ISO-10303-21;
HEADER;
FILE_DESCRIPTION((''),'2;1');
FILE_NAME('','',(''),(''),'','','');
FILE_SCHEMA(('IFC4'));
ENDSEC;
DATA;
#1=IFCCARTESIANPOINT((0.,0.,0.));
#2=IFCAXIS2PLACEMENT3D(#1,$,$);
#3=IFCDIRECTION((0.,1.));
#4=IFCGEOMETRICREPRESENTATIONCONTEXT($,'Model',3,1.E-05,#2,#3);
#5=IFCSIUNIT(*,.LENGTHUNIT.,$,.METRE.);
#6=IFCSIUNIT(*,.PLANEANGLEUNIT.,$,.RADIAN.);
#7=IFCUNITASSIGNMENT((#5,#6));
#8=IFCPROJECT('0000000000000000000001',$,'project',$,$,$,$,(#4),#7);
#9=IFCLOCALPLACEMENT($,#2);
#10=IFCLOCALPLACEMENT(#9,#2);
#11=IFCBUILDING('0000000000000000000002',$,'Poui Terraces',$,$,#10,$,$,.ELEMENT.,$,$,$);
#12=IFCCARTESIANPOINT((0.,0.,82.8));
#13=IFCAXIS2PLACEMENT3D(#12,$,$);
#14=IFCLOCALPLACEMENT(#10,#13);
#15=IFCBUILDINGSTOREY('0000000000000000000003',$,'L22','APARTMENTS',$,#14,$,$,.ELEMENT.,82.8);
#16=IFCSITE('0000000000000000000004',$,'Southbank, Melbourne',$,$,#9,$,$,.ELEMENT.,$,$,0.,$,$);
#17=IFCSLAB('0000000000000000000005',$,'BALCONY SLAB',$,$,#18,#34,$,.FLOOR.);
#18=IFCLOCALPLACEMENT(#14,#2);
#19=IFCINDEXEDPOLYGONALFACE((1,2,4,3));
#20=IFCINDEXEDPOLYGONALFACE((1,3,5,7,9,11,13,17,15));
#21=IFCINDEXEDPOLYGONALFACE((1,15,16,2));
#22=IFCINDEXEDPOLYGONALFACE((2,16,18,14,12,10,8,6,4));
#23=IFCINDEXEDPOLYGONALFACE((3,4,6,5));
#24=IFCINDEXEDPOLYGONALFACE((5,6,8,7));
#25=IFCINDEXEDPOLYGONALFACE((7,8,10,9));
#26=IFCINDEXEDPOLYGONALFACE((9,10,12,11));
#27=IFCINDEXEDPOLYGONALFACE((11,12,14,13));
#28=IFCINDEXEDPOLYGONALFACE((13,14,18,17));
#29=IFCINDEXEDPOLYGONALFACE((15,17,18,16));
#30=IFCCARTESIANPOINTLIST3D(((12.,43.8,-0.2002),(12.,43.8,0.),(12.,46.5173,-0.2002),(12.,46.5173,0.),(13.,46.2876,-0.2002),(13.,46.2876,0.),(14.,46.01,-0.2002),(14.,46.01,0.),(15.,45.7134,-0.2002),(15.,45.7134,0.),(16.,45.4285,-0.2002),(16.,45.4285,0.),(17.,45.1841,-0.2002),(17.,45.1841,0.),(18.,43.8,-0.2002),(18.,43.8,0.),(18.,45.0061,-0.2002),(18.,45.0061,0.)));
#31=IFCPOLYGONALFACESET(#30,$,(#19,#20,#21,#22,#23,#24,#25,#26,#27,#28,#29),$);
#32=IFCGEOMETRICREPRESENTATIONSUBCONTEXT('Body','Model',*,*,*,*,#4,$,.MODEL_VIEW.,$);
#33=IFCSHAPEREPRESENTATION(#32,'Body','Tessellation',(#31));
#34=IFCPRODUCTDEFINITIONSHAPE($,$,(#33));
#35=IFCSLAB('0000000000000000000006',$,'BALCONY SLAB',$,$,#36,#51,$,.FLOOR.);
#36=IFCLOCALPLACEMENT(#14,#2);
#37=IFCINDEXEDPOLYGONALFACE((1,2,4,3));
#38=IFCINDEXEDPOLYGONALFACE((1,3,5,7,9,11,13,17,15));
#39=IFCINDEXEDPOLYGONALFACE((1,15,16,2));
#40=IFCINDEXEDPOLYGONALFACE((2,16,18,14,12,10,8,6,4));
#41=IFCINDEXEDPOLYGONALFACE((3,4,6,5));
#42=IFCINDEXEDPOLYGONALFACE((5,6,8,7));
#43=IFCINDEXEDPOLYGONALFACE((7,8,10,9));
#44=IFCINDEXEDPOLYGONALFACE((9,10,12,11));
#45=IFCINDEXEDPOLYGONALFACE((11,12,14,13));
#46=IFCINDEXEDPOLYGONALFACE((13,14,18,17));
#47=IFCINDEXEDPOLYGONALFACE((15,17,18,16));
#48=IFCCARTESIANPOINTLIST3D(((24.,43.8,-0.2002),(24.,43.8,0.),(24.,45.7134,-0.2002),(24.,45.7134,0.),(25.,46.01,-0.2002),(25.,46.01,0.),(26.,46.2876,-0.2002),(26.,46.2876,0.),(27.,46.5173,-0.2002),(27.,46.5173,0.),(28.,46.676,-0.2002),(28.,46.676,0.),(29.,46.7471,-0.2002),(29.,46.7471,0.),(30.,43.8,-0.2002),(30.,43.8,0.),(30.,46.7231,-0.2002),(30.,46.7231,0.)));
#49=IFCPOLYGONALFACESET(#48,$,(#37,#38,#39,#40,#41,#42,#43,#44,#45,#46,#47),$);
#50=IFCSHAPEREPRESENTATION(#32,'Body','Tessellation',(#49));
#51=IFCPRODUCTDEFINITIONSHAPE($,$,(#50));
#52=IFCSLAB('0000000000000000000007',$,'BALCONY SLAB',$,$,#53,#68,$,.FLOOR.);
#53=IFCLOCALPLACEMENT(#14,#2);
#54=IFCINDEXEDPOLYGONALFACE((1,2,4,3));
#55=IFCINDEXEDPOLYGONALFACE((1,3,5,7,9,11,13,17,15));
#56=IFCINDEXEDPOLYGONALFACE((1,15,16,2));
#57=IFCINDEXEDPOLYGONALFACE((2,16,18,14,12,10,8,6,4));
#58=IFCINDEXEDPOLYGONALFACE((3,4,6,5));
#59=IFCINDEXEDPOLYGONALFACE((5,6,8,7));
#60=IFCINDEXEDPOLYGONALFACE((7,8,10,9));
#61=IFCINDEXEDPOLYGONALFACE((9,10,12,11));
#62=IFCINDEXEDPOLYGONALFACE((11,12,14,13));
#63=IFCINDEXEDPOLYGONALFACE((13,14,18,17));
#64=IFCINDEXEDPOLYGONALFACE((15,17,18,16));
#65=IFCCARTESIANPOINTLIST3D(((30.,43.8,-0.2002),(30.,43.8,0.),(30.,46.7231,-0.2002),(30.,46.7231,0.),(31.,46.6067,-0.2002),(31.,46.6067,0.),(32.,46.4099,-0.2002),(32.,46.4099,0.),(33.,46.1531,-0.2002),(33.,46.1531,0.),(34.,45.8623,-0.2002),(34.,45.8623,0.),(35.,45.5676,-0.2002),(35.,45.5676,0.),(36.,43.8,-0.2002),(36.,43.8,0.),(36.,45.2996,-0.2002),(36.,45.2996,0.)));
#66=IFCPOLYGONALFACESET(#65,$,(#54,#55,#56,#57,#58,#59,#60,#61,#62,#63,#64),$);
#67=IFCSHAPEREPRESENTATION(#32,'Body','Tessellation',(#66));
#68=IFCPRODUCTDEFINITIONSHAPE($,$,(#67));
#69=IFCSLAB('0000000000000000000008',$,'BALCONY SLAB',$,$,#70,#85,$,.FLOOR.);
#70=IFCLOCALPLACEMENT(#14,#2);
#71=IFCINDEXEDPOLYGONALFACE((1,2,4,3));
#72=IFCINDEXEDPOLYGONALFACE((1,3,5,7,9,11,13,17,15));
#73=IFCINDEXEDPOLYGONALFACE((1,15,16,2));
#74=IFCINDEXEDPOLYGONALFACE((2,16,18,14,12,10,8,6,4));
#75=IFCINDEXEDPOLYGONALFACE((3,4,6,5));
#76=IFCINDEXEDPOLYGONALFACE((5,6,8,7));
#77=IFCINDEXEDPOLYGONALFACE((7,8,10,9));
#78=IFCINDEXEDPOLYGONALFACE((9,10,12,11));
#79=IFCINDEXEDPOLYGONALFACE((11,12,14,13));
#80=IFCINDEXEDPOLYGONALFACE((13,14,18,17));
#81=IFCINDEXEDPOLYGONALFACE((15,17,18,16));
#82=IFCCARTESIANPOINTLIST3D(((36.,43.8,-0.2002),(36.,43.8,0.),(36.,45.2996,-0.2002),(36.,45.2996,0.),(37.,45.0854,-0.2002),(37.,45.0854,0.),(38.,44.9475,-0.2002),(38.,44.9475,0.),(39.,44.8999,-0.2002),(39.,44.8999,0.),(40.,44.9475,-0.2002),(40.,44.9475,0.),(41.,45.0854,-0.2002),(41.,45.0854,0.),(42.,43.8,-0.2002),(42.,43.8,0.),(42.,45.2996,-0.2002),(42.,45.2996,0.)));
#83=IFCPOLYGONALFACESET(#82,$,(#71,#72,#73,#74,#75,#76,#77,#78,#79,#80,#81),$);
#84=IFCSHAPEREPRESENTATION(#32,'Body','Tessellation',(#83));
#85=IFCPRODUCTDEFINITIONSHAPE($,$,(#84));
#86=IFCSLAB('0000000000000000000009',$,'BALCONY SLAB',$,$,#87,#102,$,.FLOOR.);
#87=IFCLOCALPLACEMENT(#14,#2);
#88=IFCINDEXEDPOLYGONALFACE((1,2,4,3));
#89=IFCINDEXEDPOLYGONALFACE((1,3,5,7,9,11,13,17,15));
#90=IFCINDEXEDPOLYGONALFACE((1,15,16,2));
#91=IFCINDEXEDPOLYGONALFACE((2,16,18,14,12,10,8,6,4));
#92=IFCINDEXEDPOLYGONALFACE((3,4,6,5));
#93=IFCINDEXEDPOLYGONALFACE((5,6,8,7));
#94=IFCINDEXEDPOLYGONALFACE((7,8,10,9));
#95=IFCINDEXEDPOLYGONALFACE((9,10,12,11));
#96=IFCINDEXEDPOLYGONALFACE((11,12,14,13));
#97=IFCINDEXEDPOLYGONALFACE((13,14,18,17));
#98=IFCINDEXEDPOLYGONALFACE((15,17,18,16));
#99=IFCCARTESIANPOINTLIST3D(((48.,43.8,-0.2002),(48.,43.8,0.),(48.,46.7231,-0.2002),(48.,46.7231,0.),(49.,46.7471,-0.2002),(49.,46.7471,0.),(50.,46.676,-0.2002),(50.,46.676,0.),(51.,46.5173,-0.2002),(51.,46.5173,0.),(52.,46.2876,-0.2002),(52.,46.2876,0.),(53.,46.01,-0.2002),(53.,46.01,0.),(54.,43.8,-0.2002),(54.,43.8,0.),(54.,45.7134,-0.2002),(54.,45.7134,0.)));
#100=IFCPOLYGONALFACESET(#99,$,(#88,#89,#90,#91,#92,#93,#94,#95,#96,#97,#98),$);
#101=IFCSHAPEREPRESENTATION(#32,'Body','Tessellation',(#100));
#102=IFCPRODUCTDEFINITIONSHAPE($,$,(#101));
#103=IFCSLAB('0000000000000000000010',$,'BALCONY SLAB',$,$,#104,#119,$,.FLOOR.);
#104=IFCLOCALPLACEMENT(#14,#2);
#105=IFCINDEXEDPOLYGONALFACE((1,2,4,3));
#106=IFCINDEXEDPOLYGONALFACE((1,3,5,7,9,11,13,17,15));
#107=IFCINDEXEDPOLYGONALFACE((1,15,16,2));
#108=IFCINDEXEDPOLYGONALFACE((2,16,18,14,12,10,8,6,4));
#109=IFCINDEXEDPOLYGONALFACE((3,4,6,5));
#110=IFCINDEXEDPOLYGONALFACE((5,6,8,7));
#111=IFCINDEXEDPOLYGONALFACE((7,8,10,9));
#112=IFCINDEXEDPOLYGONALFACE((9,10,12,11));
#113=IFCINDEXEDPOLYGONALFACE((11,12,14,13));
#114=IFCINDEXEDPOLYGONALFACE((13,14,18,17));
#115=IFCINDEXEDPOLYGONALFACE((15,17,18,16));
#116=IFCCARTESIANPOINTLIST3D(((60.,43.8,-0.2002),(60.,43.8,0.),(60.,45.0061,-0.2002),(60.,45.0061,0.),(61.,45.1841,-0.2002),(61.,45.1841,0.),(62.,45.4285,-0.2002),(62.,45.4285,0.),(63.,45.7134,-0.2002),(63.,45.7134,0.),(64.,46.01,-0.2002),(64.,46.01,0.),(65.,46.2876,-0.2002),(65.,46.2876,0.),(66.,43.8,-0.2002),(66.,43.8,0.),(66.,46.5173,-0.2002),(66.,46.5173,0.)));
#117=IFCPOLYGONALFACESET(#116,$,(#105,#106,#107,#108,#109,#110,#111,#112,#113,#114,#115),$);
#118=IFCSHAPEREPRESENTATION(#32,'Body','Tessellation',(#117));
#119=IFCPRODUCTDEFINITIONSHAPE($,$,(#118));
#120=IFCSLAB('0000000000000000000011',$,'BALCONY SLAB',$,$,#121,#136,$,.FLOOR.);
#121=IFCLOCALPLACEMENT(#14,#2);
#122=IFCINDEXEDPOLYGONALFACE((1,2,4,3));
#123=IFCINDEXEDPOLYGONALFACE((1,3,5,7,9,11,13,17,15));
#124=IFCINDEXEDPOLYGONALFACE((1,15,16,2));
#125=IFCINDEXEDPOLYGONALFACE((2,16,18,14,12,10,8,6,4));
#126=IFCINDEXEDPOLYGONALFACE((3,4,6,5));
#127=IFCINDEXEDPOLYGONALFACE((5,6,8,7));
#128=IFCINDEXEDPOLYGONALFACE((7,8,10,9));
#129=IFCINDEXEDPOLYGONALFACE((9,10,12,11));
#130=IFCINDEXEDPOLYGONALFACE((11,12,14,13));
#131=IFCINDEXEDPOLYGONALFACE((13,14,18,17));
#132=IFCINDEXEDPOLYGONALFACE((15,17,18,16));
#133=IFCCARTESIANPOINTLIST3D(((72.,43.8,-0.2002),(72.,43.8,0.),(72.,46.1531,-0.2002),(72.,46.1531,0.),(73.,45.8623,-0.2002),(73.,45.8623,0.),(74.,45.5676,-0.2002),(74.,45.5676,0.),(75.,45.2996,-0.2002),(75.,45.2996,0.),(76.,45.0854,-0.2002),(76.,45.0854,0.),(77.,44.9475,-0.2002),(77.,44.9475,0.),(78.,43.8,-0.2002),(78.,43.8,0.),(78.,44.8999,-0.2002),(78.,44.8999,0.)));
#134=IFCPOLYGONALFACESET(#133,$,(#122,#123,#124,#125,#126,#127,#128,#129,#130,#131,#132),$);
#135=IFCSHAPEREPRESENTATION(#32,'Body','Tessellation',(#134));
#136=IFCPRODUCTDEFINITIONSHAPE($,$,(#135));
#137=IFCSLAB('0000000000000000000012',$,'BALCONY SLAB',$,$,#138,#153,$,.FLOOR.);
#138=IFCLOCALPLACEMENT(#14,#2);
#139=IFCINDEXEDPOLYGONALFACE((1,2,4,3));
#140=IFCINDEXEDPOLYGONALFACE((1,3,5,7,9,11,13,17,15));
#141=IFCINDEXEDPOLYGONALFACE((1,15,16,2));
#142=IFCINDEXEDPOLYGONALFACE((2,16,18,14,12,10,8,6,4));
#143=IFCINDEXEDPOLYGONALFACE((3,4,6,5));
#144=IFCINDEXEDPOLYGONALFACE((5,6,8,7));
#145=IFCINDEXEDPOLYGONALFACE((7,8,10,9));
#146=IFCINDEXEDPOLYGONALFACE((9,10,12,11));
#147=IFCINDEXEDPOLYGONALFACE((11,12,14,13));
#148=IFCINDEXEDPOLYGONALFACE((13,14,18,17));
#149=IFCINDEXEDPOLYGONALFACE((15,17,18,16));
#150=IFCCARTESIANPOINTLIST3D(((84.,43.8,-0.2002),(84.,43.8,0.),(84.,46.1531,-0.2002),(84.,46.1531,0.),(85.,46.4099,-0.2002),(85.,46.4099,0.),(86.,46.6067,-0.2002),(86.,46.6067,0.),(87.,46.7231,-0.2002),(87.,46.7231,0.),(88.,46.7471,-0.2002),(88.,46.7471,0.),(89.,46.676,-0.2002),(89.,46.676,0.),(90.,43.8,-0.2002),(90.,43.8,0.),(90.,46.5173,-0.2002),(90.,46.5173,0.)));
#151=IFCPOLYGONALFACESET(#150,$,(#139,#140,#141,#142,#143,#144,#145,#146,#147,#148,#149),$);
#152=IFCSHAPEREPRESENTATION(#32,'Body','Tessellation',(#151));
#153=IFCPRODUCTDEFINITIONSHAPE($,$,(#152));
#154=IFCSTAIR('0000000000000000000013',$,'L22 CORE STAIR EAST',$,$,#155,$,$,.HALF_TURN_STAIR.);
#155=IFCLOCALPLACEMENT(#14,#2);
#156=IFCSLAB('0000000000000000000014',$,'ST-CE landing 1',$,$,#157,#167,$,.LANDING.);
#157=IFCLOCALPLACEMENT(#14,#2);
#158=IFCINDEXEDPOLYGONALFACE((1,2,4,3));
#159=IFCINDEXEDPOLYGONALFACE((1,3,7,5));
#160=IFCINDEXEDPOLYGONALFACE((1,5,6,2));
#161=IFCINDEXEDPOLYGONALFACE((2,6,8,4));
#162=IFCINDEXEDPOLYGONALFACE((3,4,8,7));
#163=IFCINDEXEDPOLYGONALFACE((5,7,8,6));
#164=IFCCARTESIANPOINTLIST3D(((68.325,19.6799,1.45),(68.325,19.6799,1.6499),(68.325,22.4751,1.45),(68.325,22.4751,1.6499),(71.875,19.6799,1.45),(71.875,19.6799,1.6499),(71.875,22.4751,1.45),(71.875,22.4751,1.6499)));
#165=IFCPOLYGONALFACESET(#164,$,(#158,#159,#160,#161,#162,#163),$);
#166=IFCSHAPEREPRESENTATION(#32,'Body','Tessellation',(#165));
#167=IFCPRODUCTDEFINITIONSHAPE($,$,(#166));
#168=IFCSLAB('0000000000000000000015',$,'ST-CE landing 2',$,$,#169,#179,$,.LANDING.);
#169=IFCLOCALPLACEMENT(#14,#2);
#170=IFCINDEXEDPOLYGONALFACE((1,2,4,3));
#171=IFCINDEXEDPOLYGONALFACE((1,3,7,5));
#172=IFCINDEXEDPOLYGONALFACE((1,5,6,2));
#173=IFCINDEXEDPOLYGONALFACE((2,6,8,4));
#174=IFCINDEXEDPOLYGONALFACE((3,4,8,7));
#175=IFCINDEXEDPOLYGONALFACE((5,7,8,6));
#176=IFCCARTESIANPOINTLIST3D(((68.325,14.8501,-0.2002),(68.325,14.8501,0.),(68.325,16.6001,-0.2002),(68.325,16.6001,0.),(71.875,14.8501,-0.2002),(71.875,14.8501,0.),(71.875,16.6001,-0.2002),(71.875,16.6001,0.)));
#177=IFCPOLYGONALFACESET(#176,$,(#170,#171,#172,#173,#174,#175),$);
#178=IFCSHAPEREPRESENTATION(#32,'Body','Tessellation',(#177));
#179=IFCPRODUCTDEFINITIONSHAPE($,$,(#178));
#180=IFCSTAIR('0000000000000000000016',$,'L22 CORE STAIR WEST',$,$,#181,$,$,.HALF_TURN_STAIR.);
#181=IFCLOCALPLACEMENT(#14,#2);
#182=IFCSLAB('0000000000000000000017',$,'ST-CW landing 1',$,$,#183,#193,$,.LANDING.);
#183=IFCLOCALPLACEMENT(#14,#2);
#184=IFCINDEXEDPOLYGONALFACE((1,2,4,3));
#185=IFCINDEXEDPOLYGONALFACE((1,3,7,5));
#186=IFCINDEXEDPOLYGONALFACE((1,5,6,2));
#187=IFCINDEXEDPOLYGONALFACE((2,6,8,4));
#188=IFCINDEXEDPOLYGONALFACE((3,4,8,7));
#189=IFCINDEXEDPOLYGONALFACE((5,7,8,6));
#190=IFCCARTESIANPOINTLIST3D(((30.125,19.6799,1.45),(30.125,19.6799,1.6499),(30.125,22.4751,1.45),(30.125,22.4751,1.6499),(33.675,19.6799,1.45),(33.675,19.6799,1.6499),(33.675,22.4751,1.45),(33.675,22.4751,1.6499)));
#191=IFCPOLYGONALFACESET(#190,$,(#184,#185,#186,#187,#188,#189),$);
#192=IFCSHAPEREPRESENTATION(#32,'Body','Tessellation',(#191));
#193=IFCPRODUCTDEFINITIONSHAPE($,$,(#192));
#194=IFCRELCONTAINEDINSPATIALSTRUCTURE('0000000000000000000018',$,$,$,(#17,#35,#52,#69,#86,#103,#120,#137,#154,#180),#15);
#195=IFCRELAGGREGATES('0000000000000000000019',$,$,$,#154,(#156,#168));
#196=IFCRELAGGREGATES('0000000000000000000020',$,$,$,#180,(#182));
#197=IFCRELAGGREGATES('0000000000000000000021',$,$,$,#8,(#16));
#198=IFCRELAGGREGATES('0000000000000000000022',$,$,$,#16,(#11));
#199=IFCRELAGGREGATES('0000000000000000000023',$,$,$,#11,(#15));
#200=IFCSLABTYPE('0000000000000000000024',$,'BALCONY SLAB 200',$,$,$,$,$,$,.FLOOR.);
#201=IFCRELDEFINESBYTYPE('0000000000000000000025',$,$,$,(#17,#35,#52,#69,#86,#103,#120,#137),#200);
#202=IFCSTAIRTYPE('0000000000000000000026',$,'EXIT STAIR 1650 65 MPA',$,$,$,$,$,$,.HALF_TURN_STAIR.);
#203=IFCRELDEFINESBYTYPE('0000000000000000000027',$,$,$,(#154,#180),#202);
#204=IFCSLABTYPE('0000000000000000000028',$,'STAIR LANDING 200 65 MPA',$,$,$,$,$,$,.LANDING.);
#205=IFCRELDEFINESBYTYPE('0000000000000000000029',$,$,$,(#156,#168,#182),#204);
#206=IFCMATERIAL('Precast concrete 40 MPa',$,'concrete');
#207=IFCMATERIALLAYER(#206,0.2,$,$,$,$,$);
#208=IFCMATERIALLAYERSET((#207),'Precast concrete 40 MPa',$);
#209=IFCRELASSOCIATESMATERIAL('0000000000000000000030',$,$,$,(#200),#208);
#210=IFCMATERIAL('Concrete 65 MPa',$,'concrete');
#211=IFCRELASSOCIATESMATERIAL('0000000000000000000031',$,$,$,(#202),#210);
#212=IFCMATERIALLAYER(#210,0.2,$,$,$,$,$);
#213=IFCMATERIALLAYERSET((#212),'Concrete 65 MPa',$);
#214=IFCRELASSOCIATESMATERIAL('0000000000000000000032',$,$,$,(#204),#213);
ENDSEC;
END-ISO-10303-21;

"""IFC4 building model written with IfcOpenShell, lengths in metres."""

from ifc_helpers import new_model, si_unit, direction, frame, origin, place, context, subcontext, project, spatial, polyline, outline, extrude, material, layer, layer_set, type_object, element, aggregate, save


model = new_model("IFC4")

# Units and contexts
model_context = context("Model", 3, precision=1e-05, world=origin(), true_north=direction((0.0, 1.0)))
body_context = subcontext(model_context, "Body", "Model", "MODEL_VIEW")
ifc_project = project(units=[si_unit("LENGTHUNIT", "METRE"), si_unit("PLANEANGLEUNIT", "RADIAN")], contexts=[model_context])

# Site, building, storey
site_placement = place(None, origin())
site = spatial("IfcSite", under=ifc_project, at=site_placement, Name="Southbank, Melbourne", CompositionType="ELEMENT", RefElevation=0.0)
building_placement = place(site_placement, origin())
building = spatial("IfcBuilding", under=site, at=building_placement, Name="Poui Terraces", CompositionType="ELEMENT")
storey_placement = place(building_placement, frame((0.0, 0.0, 82.8)))
storey = spatial("IfcBuildingStorey", under=building, at=storey_placement, Name="L22", Description="APARTMENTS", CompositionType="ELEMENT", Elevation=82.8)

# Slabs
ifc_material_1 = material(Name="Precast concrete 40 MPa", Category="concrete")
ifc_layer_1 = layer(ifc_material_1, 0.2)
ifc_layer_set_1 = layer_set([ifc_layer_1], Name="Precast concrete 40 MPa")
slab_type_1 = type_object("IfcSlabType", Name="BALCONY SLAB 200", PredefinedType="FLOOR", material=ifc_layer_set_1)
slab_1_placement = place(storey_placement, frame((0.0, 0.0, -0.2002)))
element("IfcSlab", 1, at=slab_1_placement, inside=storey, type_object=slab_type_1, Name="BALCONY SLAB", PredefinedType="FLOOR", context=body_context, shape_type="SweptSolid", body=[
    extrude(outline(polyline([(12.0, 43.8), (18.0, 43.8), (18.0, 45.0061), (17.0, 45.1841), (16.0, 45.4285), (15.0, 45.7134), (14.0, 46.01), (13.0, 46.2876), (12.0, 46.5173), (12.0, 43.8)])), origin(), (0.0, 0.0, 1.0), 0.2002),
])
slab_2_placement = place(storey_placement, frame((0.0, 0.0, -0.2002)))
element("IfcSlab", 2, at=slab_2_placement, inside=storey, type_object=slab_type_1, Name="BALCONY SLAB", PredefinedType="FLOOR", context=body_context, shape_type="SweptSolid", body=[
    extrude(outline(polyline([(24.0, 43.8), (30.0, 43.8), (30.0, 46.7231), (29.0, 46.7471), (28.0, 46.676), (27.0, 46.5173), (26.0, 46.2876), (25.0, 46.01), (24.0, 45.7134), (24.0, 43.8)])), origin(), (0.0, 0.0, 1.0), 0.2002),
])
slab_3_placement = place(storey_placement, frame((0.0, 0.0, -0.2002)))
element("IfcSlab", 3, at=slab_3_placement, inside=storey, type_object=slab_type_1, Name="BALCONY SLAB", PredefinedType="FLOOR", context=body_context, shape_type="SweptSolid", body=[
    extrude(outline(polyline([(30.0, 43.8), (36.0, 43.8), (36.0, 45.2996), (35.0, 45.5676), (34.0, 45.8623), (33.0, 46.1531), (32.0, 46.4099), (31.0, 46.6067), (30.0, 46.7231), (30.0, 43.8)])), origin(), (0.0, 0.0, 1.0), 0.2002),
])
slab_4_placement = place(storey_placement, frame((0.0, 0.0, -0.2002)))
element("IfcSlab", 4, at=slab_4_placement, inside=storey, type_object=slab_type_1, Name="BALCONY SLAB", PredefinedType="FLOOR", context=body_context, shape_type="SweptSolid", body=[
    extrude(outline(polyline([(36.0, 43.8), (42.0, 43.8), (42.0, 45.2996), (41.0, 45.0854), (40.0, 44.9475), (39.0, 44.8999), (38.0, 44.9475), (37.0, 45.0854), (36.0, 45.2996), (36.0, 43.8)])), origin(), (0.0, 0.0, 1.0), 0.2002),
])
slab_5_placement = place(storey_placement, frame((0.0, 0.0, -0.2002)))
element("IfcSlab", 5, at=slab_5_placement, inside=storey, type_object=slab_type_1, Name="BALCONY SLAB", PredefinedType="FLOOR", context=body_context, shape_type="SweptSolid", body=[
    extrude(outline(polyline([(48.0, 43.8), (54.0, 43.8), (54.0, 45.7134), (53.0, 46.01), (52.0, 46.2876), (51.0, 46.5173), (50.0, 46.676), (49.0, 46.7471), (48.0, 46.7231), (48.0, 43.8)])), origin(), (0.0, 0.0, 1.0), 0.2002),
])
slab_6_placement = place(storey_placement, frame((0.0, 0.0, -0.2002)))
element("IfcSlab", 6, at=slab_6_placement, inside=storey, type_object=slab_type_1, Name="BALCONY SLAB", PredefinedType="FLOOR", context=body_context, shape_type="SweptSolid", body=[
    extrude(outline(polyline([(60.0, 43.8), (66.0, 43.8), (66.0, 46.5173), (65.0, 46.2876), (64.0, 46.01), (63.0, 45.7134), (62.0, 45.4285), (61.0, 45.1841), (60.0, 45.0061), (60.0, 43.8)])), origin(), (0.0, 0.0, 1.0), 0.2002),
])
slab_7_placement = place(storey_placement, frame((0.0, 0.0, -0.2002)))
element("IfcSlab", 7, at=slab_7_placement, inside=storey, type_object=slab_type_1, Name="BALCONY SLAB", PredefinedType="FLOOR", context=body_context, shape_type="SweptSolid", body=[
    extrude(outline(polyline([(72.0, 43.8), (78.0, 43.8), (78.0, 44.8999), (77.0, 44.9475), (76.0, 45.0854), (75.0, 45.2996), (74.0, 45.5676), (73.0, 45.8623), (72.0, 46.1531), (72.0, 43.8)])), origin(), (0.0, 0.0, 1.0), 0.2002),
])
slab_8_placement = place(storey_placement, frame((0.0, 0.0, -0.2002)))
element("IfcSlab", 8, at=slab_8_placement, inside=storey, type_object=slab_type_1, Name="BALCONY SLAB", PredefinedType="FLOOR", context=body_context, shape_type="SweptSolid", body=[
    extrude(outline(polyline([(84.0, 43.8), (90.0, 43.8), (90.0, 46.5173), (89.0, 46.676), (88.0, 46.7471), (87.0, 46.7231), (86.0, 46.6067), (85.0, 46.4099), (84.0, 46.1531), (84.0, 43.8)])), origin(), (0.0, 0.0, 1.0), 0.2002),
])

# Stairs, slabs
ifc_material_2 = material(Name="Concrete 65 MPa", Category="concrete")
stair_type = type_object("IfcStairType", Name="EXIT STAIR 1650 65 MPA", PredefinedType="HALF_TURN_STAIR", material=ifc_material_2)
stair_1_placement = place(storey_placement, origin())
stair_1 = element("IfcStair", 9, at=stair_1_placement, inside=storey, type_object=stair_type, Name="L22 CORE STAIR EAST", PredefinedType="HALF_TURN_STAIR")
ifc_layer_2 = layer(ifc_material_2, 0.2)
ifc_layer_set_2 = layer_set([ifc_layer_2], Name="Concrete 65 MPa")
slab_type_2 = type_object("IfcSlabType", Name="STAIR LANDING 200 65 MPA", PredefinedType="LANDING", material=ifc_layer_set_2)
slab_9_placement = place(storey_placement, frame((0.0, 0.0, 1.45)))
slab_9 = element("IfcSlab", 10, at=slab_9_placement, type_object=slab_type_2, Name="ST-CE landing 1", PredefinedType="LANDING", context=body_context, shape_type="SweptSolid", body=[
    extrude(outline(polyline([(68.325, 19.6799), (71.875, 19.6799), (71.875, 22.4751), (68.325, 22.4751), (68.325, 19.6799)])), origin(), (0.0, 0.0, 1.0), 0.2),
])
slab_10_placement = place(storey_placement, frame((0.0, 0.0, -0.2002)))
slab_10 = element("IfcSlab", 11, at=slab_10_placement, type_object=slab_type_2, Name="ST-CE landing 2", PredefinedType="LANDING", context=body_context, shape_type="SweptSolid", body=[
    extrude(outline(polyline([(68.325, 14.8501), (71.875, 14.8501), (71.875, 16.6001), (68.325, 16.6001), (68.325, 14.8501)])), origin(), (0.0, 0.0, 1.0), 0.2002),
])
aggregate(stair_1, [slab_9, slab_10])
stair_2_placement = place(storey_placement, origin())
stair_2 = element("IfcStair", 12, at=stair_2_placement, inside=storey, type_object=stair_type, Name="L22 CORE STAIR WEST", PredefinedType="HALF_TURN_STAIR")
slab_11_placement = place(storey_placement, frame((0.0, 0.0, 1.45)))
slab_11 = element("IfcSlab", 13, at=slab_11_placement, type_object=slab_type_2, Name="ST-CW landing 1", PredefinedType="LANDING", context=body_context, shape_type="SweptSolid", body=[
    extrude(outline(polyline([(30.125, 19.6799), (33.675, 19.6799), (33.675, 22.4751), (30.125, 22.4751), (30.125, 19.6799)])), origin(), (0.0, 0.0, 1.0), 0.2),
])
aggregate(stair_2, [slab_11])

save(model, "model.ifc")
